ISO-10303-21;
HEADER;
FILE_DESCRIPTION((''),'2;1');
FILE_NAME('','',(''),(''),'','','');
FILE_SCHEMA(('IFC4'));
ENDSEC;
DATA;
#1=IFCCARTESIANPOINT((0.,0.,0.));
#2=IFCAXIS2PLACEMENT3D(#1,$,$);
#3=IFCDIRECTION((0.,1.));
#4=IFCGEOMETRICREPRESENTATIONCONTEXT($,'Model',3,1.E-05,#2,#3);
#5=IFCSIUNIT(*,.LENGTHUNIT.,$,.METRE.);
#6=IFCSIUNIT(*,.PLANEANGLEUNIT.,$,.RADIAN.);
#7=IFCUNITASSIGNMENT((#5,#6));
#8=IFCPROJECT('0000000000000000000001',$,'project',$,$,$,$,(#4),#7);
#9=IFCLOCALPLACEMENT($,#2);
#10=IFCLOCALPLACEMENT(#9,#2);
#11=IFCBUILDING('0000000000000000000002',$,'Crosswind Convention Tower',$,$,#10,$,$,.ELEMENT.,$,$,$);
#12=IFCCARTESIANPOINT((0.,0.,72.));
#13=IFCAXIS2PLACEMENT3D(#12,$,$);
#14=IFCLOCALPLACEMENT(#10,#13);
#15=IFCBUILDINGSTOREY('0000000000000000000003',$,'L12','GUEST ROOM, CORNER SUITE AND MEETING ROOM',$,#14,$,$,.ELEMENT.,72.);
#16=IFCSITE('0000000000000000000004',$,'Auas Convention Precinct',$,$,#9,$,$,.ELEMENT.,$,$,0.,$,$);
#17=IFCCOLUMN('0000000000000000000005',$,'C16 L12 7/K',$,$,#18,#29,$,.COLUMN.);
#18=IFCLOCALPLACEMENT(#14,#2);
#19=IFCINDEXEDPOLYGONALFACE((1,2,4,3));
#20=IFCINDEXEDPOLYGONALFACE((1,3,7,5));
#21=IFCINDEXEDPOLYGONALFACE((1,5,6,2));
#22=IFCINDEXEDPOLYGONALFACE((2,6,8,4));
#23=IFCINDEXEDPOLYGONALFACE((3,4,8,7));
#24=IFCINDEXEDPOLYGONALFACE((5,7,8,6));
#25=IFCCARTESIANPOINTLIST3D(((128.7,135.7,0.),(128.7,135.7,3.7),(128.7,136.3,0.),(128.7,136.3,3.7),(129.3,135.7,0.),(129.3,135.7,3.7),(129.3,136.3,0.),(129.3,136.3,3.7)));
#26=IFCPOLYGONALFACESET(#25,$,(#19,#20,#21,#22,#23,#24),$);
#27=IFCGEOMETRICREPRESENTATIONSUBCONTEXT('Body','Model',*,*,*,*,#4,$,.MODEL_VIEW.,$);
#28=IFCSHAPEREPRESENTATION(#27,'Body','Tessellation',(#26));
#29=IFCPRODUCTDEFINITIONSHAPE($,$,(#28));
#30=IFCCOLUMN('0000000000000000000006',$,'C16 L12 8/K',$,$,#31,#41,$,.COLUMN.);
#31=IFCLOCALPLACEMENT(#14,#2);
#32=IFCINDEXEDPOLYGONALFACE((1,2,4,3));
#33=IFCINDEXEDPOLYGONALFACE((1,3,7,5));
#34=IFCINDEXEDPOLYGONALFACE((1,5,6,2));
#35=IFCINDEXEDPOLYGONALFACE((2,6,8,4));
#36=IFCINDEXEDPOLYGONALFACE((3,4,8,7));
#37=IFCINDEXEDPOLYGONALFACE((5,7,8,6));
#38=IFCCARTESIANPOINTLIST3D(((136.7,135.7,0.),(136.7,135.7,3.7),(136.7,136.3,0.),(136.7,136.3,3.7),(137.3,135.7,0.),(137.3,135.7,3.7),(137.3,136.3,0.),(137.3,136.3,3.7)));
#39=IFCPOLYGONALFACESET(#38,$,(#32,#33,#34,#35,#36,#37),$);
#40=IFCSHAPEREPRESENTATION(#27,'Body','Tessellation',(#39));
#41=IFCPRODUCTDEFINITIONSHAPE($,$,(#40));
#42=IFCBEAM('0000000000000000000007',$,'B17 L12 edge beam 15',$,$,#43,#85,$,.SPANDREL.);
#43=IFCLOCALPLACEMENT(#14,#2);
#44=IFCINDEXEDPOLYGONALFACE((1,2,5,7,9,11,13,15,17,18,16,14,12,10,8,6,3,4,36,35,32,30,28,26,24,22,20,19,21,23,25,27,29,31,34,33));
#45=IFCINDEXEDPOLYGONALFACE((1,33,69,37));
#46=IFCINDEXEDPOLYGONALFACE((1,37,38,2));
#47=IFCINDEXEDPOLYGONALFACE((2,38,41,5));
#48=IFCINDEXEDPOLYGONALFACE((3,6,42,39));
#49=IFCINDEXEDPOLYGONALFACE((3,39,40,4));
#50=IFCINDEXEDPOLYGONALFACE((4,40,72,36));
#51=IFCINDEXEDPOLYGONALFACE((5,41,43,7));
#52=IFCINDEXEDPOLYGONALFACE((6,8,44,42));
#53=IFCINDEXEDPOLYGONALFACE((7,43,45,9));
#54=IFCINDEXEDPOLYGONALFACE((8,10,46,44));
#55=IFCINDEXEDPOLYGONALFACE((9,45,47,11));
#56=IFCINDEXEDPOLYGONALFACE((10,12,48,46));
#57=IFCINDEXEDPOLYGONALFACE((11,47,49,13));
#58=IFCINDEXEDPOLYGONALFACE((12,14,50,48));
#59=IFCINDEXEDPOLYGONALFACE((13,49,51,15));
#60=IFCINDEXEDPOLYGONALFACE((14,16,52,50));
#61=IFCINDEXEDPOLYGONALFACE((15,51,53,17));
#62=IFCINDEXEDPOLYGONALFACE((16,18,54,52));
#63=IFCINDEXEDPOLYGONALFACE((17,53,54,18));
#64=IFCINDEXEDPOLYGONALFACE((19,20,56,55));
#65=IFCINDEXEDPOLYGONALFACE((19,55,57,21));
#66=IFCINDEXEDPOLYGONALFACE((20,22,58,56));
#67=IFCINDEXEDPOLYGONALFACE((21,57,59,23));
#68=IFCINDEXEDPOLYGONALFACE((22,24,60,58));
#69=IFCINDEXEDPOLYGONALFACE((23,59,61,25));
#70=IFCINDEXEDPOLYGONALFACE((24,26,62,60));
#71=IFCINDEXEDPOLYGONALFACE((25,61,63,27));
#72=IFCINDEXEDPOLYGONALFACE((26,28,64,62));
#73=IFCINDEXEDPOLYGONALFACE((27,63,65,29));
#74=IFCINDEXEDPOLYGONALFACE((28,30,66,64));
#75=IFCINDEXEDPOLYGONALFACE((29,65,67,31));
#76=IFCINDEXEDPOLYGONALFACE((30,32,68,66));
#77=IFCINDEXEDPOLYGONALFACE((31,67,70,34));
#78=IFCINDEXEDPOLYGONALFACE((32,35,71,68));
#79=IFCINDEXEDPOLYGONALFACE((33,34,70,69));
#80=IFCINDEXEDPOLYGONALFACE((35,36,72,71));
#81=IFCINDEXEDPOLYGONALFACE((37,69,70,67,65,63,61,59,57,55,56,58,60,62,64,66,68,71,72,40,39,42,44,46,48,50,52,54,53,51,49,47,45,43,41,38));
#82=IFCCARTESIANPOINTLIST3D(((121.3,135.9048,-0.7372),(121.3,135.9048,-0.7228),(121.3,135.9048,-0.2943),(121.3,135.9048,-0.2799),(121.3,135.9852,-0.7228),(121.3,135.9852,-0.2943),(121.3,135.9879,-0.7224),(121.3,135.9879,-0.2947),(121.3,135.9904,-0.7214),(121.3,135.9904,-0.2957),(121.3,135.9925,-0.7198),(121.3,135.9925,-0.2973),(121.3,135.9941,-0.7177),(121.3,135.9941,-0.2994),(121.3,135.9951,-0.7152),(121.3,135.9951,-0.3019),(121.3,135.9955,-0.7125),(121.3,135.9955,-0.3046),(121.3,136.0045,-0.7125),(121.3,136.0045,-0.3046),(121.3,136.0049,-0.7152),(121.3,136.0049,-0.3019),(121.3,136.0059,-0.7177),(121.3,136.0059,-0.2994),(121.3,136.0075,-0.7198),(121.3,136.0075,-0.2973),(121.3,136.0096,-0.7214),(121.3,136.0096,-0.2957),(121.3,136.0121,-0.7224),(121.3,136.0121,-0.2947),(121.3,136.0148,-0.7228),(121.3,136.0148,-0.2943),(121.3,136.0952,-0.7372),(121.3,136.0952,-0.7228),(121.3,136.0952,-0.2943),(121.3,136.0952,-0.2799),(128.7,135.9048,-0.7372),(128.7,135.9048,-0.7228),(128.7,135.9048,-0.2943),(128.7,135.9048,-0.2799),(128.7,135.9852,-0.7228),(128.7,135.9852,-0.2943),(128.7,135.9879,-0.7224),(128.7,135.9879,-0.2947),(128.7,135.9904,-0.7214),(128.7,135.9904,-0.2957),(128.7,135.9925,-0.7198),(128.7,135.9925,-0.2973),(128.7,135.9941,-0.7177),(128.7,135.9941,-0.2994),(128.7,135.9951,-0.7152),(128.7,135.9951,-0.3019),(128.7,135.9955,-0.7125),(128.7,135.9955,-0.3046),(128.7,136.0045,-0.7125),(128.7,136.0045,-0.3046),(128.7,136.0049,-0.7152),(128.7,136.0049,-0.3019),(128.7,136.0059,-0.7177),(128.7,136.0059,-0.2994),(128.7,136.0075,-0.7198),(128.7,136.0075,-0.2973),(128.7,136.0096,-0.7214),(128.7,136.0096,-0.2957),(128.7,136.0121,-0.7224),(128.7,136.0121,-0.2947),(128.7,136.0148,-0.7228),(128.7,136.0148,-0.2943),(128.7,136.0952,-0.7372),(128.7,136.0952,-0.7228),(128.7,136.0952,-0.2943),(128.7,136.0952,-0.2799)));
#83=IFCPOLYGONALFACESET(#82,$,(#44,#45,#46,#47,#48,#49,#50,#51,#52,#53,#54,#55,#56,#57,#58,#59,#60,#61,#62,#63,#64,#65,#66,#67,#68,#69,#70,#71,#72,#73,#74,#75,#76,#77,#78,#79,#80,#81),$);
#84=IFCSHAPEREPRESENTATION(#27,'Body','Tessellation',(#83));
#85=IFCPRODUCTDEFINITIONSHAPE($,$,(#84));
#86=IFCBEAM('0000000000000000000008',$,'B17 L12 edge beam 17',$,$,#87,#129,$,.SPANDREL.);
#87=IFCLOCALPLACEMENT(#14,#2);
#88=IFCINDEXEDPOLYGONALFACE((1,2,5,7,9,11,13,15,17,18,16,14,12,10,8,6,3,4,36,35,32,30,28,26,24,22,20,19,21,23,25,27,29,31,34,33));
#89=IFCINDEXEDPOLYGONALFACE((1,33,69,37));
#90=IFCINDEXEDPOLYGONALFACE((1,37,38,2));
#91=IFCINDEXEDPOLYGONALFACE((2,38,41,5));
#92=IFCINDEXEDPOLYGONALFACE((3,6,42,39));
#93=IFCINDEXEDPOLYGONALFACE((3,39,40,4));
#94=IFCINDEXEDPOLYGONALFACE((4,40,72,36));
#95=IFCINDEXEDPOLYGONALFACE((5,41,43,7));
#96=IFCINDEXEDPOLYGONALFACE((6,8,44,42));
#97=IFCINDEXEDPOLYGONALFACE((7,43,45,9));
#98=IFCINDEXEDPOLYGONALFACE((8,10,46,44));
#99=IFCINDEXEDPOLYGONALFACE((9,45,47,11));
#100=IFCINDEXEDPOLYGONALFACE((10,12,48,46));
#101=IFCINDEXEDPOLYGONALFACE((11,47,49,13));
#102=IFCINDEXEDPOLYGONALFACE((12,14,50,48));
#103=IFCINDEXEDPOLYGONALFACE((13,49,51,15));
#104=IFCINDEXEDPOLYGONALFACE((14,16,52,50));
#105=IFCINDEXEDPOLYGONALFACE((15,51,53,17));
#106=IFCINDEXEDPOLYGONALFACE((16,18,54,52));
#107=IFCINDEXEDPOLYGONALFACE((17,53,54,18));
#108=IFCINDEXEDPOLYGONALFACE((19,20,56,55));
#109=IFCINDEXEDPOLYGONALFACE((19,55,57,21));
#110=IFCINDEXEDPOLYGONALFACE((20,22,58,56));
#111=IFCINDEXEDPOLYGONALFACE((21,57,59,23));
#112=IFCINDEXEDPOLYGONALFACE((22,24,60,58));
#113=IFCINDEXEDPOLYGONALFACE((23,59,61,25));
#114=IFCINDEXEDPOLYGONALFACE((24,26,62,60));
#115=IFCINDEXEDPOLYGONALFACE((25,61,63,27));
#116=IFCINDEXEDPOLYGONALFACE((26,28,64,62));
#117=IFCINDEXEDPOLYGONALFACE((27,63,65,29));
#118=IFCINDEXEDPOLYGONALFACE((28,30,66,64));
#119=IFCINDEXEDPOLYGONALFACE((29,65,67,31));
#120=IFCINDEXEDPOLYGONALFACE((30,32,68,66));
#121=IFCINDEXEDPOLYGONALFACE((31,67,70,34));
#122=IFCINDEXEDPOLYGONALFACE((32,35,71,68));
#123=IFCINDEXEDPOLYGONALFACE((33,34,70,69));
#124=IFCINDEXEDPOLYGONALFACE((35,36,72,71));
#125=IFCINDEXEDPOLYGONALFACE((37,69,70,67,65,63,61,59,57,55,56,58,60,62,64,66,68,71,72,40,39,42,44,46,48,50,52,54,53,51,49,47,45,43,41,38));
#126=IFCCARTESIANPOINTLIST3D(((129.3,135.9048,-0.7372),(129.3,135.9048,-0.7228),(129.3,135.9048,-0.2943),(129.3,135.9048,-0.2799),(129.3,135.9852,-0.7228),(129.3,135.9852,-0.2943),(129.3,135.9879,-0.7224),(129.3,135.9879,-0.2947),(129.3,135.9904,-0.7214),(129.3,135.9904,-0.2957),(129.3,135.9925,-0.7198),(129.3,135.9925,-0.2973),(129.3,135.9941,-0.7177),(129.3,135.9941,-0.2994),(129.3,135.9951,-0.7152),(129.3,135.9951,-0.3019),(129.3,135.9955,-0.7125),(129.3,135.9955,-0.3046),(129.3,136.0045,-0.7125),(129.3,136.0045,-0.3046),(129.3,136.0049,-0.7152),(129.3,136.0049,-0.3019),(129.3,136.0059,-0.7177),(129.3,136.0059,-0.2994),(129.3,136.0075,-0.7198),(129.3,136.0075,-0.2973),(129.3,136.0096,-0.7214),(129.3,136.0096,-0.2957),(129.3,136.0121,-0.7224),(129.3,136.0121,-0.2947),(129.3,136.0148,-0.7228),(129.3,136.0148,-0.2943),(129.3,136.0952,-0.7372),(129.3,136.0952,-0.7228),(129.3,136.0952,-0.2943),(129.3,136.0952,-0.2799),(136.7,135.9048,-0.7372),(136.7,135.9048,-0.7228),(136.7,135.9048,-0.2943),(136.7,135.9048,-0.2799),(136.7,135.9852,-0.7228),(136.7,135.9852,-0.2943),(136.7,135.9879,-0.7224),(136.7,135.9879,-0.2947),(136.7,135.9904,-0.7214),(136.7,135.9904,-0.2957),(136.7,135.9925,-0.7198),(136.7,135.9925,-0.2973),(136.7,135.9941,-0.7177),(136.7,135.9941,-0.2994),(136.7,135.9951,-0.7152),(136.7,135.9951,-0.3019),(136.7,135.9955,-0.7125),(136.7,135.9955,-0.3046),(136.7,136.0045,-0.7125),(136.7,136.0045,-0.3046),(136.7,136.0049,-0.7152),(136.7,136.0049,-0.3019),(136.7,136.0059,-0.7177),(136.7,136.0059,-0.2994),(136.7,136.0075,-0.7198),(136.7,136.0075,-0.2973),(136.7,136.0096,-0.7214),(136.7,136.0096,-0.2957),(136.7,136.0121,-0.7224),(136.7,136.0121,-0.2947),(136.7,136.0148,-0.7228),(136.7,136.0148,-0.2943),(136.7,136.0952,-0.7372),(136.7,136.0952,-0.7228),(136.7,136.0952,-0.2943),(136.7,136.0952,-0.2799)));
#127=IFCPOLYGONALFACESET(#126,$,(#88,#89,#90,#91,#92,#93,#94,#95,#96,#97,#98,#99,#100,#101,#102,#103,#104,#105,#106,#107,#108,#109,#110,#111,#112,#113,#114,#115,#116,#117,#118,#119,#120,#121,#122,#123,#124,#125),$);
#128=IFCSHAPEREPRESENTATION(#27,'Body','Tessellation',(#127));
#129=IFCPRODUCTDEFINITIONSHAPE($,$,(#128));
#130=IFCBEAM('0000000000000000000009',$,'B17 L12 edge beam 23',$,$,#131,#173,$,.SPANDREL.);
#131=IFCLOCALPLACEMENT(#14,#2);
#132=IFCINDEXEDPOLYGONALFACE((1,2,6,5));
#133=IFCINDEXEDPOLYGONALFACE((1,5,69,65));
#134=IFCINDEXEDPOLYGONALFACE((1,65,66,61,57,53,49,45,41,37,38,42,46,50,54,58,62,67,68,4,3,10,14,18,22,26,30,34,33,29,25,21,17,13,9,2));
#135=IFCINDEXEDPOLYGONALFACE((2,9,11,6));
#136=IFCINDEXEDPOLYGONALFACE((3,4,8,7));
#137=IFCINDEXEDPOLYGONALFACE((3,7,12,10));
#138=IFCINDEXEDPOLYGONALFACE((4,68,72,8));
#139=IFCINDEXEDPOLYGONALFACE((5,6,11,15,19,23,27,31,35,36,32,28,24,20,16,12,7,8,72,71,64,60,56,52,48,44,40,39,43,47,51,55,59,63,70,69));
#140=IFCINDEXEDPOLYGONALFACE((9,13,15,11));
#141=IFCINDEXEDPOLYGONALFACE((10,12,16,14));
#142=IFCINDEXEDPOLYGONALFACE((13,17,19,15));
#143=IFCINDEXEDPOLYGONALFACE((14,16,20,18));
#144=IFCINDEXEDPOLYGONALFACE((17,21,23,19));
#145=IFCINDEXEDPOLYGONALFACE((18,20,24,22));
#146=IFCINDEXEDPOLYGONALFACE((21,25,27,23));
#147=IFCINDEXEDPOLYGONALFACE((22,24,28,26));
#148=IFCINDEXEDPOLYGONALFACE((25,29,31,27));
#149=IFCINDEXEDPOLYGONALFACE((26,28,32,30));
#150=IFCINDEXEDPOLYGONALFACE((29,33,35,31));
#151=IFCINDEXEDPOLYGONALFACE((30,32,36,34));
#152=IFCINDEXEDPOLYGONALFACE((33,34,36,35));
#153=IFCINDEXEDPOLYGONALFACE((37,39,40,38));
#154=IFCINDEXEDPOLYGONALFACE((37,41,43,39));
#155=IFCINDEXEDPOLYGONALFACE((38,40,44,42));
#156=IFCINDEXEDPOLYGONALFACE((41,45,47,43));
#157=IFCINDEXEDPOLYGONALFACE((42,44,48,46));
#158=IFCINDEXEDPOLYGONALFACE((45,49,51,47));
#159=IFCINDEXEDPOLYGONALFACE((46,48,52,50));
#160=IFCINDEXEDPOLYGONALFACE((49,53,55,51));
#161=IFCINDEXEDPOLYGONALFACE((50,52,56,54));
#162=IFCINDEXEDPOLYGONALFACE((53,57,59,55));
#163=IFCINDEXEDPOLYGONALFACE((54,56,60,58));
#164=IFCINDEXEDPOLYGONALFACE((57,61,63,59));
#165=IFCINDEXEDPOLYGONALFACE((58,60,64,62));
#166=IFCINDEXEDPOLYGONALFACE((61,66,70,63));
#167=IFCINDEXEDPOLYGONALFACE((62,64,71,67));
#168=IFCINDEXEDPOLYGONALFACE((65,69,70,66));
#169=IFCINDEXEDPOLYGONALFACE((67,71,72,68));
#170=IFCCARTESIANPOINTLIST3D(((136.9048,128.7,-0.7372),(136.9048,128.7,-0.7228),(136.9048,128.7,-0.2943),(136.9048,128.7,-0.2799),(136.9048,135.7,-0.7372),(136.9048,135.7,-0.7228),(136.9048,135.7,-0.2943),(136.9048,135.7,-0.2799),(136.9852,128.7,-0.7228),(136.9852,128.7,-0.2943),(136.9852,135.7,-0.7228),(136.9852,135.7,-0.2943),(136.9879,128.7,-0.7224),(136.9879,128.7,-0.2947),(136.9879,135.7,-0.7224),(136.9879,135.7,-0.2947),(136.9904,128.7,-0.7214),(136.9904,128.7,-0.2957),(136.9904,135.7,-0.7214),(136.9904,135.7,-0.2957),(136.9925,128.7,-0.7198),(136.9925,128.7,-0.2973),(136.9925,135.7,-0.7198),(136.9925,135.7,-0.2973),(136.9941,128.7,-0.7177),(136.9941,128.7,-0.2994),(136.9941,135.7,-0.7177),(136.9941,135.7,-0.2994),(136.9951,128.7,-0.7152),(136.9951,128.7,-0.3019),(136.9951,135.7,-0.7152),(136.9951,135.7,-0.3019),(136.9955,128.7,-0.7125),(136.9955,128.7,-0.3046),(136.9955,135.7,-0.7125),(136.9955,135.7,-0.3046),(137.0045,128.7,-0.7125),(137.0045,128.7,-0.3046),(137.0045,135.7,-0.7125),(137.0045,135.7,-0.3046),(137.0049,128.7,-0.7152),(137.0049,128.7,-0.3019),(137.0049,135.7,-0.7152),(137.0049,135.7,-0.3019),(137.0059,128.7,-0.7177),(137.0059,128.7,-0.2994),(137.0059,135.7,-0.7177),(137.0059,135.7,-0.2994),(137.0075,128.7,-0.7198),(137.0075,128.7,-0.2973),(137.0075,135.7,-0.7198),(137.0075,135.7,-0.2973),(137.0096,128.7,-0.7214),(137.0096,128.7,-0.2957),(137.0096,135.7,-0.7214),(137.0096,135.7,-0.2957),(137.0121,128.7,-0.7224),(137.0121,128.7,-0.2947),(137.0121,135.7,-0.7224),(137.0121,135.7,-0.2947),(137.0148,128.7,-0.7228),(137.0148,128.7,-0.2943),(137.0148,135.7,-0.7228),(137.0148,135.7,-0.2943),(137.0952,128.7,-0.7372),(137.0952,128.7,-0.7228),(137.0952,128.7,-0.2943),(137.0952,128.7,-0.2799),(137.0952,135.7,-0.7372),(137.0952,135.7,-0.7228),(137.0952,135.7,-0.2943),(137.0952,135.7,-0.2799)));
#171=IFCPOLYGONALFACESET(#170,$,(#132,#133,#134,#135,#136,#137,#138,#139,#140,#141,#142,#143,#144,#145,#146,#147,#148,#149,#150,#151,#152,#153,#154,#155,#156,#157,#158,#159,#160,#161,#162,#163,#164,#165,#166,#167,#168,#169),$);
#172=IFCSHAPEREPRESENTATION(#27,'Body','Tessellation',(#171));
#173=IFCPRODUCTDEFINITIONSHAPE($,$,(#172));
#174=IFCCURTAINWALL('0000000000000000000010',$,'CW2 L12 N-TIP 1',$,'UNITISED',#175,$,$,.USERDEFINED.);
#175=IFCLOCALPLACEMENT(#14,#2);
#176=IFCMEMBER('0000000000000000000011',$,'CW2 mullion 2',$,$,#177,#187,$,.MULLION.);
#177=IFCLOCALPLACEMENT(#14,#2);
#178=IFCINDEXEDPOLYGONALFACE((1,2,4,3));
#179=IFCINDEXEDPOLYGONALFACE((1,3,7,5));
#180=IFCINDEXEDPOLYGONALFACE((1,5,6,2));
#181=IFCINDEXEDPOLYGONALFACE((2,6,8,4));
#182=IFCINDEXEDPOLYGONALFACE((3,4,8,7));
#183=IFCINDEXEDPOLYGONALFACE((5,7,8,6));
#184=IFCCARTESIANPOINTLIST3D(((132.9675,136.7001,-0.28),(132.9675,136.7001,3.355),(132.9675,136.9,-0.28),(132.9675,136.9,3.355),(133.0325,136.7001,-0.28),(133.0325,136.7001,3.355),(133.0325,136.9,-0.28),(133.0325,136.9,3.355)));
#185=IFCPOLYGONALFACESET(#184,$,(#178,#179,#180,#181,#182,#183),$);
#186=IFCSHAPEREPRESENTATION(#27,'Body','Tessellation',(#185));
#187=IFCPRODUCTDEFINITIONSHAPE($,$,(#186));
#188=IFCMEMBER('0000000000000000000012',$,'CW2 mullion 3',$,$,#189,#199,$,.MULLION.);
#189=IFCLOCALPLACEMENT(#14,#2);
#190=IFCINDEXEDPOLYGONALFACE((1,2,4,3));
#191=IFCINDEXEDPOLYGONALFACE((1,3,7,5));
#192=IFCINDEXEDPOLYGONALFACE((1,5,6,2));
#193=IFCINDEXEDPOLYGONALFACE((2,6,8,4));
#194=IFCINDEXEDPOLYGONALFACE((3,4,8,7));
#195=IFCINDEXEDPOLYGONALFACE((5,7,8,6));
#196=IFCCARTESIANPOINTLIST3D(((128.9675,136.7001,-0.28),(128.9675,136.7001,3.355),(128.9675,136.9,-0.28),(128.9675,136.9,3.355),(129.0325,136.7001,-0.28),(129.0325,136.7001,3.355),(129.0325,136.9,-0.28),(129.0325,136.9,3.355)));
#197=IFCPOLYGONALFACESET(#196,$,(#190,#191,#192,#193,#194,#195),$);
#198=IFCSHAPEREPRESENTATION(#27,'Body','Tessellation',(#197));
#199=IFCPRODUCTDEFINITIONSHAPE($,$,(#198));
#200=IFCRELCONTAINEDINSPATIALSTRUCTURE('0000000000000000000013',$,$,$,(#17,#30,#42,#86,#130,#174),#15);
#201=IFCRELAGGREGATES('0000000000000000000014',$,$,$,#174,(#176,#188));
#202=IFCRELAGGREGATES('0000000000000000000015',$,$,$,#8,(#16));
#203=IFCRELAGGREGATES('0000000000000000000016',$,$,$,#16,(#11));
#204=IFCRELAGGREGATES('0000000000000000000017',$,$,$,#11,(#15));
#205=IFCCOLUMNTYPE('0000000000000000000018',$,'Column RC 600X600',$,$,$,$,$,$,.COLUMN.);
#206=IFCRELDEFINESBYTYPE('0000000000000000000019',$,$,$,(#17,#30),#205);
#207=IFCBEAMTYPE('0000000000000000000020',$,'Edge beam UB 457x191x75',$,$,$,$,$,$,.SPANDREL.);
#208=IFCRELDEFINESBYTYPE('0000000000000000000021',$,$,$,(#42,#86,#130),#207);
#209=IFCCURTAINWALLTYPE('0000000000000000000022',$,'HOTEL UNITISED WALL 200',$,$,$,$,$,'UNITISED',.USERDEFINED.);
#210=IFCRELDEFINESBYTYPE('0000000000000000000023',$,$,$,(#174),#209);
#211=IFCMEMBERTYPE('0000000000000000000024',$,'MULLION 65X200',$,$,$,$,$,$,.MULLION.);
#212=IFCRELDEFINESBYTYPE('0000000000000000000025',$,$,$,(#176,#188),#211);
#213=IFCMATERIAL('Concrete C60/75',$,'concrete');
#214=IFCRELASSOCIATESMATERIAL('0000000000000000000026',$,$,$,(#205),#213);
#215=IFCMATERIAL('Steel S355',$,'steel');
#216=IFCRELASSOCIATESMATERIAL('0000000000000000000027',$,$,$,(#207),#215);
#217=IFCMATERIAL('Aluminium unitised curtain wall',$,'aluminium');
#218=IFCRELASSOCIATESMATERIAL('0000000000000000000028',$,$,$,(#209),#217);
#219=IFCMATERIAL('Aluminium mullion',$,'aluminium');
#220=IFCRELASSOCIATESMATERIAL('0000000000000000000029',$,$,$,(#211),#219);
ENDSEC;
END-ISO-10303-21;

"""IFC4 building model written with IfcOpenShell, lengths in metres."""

from ifc_helpers import new_model, si_unit, direction, frame, origin, origin_2d, place, context, subcontext, project, spatial, rectangle, i_section, extrude, material, material_profile, profile_set, type_object, element, aggregate, save


model = new_model("IFC4")

# Units and contexts
model_context = context("Model", 3, precision=1e-05, world=origin(), true_north=direction((0.0, 1.0)))
body_context = subcontext(model_context, "Body", "Model", "MODEL_VIEW")
ifc_project = project(units=[si_unit("LENGTHUNIT", "METRE"), si_unit("PLANEANGLEUNIT", "RADIAN")], contexts=[model_context])

# Site, building, storey
site_placement = place(None, origin())
site = spatial("IfcSite", under=ifc_project, at=site_placement, Name="Auas Convention Precinct", CompositionType="ELEMENT", RefElevation=0.0)
building_placement = place(site_placement, origin())
building = spatial("IfcBuilding", under=site, at=building_placement, Name="Crosswind Convention Tower", CompositionType="ELEMENT")
storey_placement = place(building_placement, frame((0.0, 0.0, 72.0)))
storey = spatial("IfcBuildingStorey", under=building, at=storey_placement, Name="L12", Description="GUEST ROOM, CORNER SUITE AND MEETING ROOM", CompositionType="ELEMENT", Elevation=72.0)

# Columns
ifc_material_1 = material(Name="Concrete C60/75", Category="concrete")
ifc_material_profile_1 = material_profile(ifc_material_1, rectangle(XDim=0.6001, YDim=0.6001, at=origin_2d()), Name="RC 600X600")
ifc_profile_set_1 = profile_set([ifc_material_profile_1], Name="Concrete C60/75")
column_type = type_object("IfcColumnType", Name="Column RC 600X600", PredefinedType="COLUMN", material=ifc_profile_set_1)
for number, where, z_axis, x_axis, name in (
    (1, (129.0, 136.0, 0.0), (0.0, 0.0, 1.0), (1.0, 0.0, 0.0), "C16 L12 7/K"),
    (2, (137.0, 136.0, 0.0), (0.0, 0.0, 1.0), (1.0, 0.0, 0.0), "C16 L12 8/K"),
):
    element("IfcColumn", number, at=place(storey_placement, frame(where, z_axis=z_axis, x_axis=x_axis)), inside=storey, type_object=column_type, Name=name, PredefinedType="COLUMN", context=body_context, shape_type="SweptSolid", body=[
        extrude(rectangle(XDim=0.6001, YDim=0.6001, at=origin_2d()), origin(), (0.0, 0.0, 1.0), 3.7),
    ])

# Beams
ifc_material_2 = material(Name="Steel S355", Category="steel")
ifc_material_profile_2 = material_profile(ifc_material_2, i_section(OverallWidth=0.1904, OverallDepth=0.4573, WebThickness=0.009, FlangeThickness=0.0144, FilletRadius=0.0103, at=origin_2d()), Name="UB 457x191x75")
ifc_profile_set_2 = profile_set([ifc_material_profile_2], Name="Steel S355")
beam_type_1 = type_object("IfcBeamType", Name="Edge beam UB 457x191x75", PredefinedType="SPANDREL", material=ifc_profile_set_2)
for number, where, z_axis, x_axis, name in (
    (3, (121.3, 136.0, -0.5085), (1.0, 0.0, 0.0), (0.0, 1.0, 0.0), "B17 L12 edge beam 15"),
    (4, (129.3, 136.0, -0.5085), (1.0, 0.0, 0.0), (0.0, 1.0, 0.0), "B17 L12 edge beam 17"),
):
    element("IfcBeam", number, at=place(storey_placement, frame(where, z_axis=z_axis, x_axis=x_axis)), inside=storey, type_object=beam_type_1, Name=name, PredefinedType="SPANDREL", context=body_context, shape_type="SweptSolid", body=[
        extrude(i_section(OverallWidth=0.1904, OverallDepth=0.4573, WebThickness=0.009, FlangeThickness=0.0144, FilletRadius=0.0103, at=origin_2d()), origin(), (0.0, 0.0, 1.0), 7.3999),
    ])
beam_1_placement = place(storey_placement, frame((137.0, 128.7, -0.5085), z_axis=(0.0, 1.0, 0.0), x_axis=(-1.0, 0.0, 0.0)))
element("IfcBeam", 5, at=beam_1_placement, inside=storey, type_object=beam_type_1, Name="B17 L12 edge beam 23", PredefinedType="SPANDREL", context=body_context, shape_type="SweptSolid", body=[
    extrude(i_section(OverallWidth=0.1904, OverallDepth=0.4573, WebThickness=0.009, FlangeThickness=0.0144, FilletRadius=0.0103, at=origin_2d()), origin(), (0.0, 0.0, 1.0), 7.0),
])

# Curtain wall, members
ifc_material_3 = material(Name="Aluminium unitised curtain wall", Category="aluminium")
curtain_wall_type = type_object("IfcCurtainWallType", Name="HOTEL UNITISED WALL 200", ElementType="UNITISED", PredefinedType="USERDEFINED", material=ifc_material_3)
curtain_wall_placement = place(storey_placement, origin())
curtain_wall = element("IfcCurtainWall", 6, at=curtain_wall_placement, inside=storey, type_object=curtain_wall_type, Name="CW2 L12 N-TIP 1", ObjectType="UNITISED", PredefinedType="USERDEFINED")
ifc_material_4 = material(Name="Aluminium mullion", Category="aluminium")
ifc_material_profile_3 = material_profile(ifc_material_4, rectangle(XDim=0.2, YDim=0.0649, at=origin_2d()), Name="AL 200X65")
ifc_profile_set_3 = profile_set([ifc_material_profile_3], Name="Aluminium mullion")
member_type = type_object("IfcMemberType", Name="MULLION 65X200", PredefinedType="MULLION", material=ifc_profile_set_3)
member_1_placement = place(storey_placement, frame((133.0, 136.8, -0.28), z_axis=(0.0, 0.0, 1.0), x_axis=(0.0, 1.0, 0.0)))
member_1 = element("IfcMember", 7, at=member_1_placement, type_object=member_type, Name="CW2 mullion 2", PredefinedType="MULLION", context=body_context, shape_type="SweptSolid", body=[
    extrude(rectangle(XDim=0.2, YDim=0.0649, at=origin_2d()), origin(), (0.0, 0.0, 1.0), 3.635),
])
member_2_placement = place(storey_placement, frame((129.0, 136.8, -0.28), z_axis=(0.0, 0.0, 1.0), x_axis=(0.0, 1.0, 0.0)))
member_2 = element("IfcMember", 8, at=member_2_placement, type_object=member_type, Name="CW2 mullion 3", PredefinedType="MULLION", context=body_context, shape_type="SweptSolid", body=[
    extrude(rectangle(XDim=0.2, YDim=0.0649, at=origin_2d()), origin(), (0.0, 0.0, 1.0), 3.635),
])

aggregate(curtain_wall, [member_1, member_2])

save(model, "model.ifc")
